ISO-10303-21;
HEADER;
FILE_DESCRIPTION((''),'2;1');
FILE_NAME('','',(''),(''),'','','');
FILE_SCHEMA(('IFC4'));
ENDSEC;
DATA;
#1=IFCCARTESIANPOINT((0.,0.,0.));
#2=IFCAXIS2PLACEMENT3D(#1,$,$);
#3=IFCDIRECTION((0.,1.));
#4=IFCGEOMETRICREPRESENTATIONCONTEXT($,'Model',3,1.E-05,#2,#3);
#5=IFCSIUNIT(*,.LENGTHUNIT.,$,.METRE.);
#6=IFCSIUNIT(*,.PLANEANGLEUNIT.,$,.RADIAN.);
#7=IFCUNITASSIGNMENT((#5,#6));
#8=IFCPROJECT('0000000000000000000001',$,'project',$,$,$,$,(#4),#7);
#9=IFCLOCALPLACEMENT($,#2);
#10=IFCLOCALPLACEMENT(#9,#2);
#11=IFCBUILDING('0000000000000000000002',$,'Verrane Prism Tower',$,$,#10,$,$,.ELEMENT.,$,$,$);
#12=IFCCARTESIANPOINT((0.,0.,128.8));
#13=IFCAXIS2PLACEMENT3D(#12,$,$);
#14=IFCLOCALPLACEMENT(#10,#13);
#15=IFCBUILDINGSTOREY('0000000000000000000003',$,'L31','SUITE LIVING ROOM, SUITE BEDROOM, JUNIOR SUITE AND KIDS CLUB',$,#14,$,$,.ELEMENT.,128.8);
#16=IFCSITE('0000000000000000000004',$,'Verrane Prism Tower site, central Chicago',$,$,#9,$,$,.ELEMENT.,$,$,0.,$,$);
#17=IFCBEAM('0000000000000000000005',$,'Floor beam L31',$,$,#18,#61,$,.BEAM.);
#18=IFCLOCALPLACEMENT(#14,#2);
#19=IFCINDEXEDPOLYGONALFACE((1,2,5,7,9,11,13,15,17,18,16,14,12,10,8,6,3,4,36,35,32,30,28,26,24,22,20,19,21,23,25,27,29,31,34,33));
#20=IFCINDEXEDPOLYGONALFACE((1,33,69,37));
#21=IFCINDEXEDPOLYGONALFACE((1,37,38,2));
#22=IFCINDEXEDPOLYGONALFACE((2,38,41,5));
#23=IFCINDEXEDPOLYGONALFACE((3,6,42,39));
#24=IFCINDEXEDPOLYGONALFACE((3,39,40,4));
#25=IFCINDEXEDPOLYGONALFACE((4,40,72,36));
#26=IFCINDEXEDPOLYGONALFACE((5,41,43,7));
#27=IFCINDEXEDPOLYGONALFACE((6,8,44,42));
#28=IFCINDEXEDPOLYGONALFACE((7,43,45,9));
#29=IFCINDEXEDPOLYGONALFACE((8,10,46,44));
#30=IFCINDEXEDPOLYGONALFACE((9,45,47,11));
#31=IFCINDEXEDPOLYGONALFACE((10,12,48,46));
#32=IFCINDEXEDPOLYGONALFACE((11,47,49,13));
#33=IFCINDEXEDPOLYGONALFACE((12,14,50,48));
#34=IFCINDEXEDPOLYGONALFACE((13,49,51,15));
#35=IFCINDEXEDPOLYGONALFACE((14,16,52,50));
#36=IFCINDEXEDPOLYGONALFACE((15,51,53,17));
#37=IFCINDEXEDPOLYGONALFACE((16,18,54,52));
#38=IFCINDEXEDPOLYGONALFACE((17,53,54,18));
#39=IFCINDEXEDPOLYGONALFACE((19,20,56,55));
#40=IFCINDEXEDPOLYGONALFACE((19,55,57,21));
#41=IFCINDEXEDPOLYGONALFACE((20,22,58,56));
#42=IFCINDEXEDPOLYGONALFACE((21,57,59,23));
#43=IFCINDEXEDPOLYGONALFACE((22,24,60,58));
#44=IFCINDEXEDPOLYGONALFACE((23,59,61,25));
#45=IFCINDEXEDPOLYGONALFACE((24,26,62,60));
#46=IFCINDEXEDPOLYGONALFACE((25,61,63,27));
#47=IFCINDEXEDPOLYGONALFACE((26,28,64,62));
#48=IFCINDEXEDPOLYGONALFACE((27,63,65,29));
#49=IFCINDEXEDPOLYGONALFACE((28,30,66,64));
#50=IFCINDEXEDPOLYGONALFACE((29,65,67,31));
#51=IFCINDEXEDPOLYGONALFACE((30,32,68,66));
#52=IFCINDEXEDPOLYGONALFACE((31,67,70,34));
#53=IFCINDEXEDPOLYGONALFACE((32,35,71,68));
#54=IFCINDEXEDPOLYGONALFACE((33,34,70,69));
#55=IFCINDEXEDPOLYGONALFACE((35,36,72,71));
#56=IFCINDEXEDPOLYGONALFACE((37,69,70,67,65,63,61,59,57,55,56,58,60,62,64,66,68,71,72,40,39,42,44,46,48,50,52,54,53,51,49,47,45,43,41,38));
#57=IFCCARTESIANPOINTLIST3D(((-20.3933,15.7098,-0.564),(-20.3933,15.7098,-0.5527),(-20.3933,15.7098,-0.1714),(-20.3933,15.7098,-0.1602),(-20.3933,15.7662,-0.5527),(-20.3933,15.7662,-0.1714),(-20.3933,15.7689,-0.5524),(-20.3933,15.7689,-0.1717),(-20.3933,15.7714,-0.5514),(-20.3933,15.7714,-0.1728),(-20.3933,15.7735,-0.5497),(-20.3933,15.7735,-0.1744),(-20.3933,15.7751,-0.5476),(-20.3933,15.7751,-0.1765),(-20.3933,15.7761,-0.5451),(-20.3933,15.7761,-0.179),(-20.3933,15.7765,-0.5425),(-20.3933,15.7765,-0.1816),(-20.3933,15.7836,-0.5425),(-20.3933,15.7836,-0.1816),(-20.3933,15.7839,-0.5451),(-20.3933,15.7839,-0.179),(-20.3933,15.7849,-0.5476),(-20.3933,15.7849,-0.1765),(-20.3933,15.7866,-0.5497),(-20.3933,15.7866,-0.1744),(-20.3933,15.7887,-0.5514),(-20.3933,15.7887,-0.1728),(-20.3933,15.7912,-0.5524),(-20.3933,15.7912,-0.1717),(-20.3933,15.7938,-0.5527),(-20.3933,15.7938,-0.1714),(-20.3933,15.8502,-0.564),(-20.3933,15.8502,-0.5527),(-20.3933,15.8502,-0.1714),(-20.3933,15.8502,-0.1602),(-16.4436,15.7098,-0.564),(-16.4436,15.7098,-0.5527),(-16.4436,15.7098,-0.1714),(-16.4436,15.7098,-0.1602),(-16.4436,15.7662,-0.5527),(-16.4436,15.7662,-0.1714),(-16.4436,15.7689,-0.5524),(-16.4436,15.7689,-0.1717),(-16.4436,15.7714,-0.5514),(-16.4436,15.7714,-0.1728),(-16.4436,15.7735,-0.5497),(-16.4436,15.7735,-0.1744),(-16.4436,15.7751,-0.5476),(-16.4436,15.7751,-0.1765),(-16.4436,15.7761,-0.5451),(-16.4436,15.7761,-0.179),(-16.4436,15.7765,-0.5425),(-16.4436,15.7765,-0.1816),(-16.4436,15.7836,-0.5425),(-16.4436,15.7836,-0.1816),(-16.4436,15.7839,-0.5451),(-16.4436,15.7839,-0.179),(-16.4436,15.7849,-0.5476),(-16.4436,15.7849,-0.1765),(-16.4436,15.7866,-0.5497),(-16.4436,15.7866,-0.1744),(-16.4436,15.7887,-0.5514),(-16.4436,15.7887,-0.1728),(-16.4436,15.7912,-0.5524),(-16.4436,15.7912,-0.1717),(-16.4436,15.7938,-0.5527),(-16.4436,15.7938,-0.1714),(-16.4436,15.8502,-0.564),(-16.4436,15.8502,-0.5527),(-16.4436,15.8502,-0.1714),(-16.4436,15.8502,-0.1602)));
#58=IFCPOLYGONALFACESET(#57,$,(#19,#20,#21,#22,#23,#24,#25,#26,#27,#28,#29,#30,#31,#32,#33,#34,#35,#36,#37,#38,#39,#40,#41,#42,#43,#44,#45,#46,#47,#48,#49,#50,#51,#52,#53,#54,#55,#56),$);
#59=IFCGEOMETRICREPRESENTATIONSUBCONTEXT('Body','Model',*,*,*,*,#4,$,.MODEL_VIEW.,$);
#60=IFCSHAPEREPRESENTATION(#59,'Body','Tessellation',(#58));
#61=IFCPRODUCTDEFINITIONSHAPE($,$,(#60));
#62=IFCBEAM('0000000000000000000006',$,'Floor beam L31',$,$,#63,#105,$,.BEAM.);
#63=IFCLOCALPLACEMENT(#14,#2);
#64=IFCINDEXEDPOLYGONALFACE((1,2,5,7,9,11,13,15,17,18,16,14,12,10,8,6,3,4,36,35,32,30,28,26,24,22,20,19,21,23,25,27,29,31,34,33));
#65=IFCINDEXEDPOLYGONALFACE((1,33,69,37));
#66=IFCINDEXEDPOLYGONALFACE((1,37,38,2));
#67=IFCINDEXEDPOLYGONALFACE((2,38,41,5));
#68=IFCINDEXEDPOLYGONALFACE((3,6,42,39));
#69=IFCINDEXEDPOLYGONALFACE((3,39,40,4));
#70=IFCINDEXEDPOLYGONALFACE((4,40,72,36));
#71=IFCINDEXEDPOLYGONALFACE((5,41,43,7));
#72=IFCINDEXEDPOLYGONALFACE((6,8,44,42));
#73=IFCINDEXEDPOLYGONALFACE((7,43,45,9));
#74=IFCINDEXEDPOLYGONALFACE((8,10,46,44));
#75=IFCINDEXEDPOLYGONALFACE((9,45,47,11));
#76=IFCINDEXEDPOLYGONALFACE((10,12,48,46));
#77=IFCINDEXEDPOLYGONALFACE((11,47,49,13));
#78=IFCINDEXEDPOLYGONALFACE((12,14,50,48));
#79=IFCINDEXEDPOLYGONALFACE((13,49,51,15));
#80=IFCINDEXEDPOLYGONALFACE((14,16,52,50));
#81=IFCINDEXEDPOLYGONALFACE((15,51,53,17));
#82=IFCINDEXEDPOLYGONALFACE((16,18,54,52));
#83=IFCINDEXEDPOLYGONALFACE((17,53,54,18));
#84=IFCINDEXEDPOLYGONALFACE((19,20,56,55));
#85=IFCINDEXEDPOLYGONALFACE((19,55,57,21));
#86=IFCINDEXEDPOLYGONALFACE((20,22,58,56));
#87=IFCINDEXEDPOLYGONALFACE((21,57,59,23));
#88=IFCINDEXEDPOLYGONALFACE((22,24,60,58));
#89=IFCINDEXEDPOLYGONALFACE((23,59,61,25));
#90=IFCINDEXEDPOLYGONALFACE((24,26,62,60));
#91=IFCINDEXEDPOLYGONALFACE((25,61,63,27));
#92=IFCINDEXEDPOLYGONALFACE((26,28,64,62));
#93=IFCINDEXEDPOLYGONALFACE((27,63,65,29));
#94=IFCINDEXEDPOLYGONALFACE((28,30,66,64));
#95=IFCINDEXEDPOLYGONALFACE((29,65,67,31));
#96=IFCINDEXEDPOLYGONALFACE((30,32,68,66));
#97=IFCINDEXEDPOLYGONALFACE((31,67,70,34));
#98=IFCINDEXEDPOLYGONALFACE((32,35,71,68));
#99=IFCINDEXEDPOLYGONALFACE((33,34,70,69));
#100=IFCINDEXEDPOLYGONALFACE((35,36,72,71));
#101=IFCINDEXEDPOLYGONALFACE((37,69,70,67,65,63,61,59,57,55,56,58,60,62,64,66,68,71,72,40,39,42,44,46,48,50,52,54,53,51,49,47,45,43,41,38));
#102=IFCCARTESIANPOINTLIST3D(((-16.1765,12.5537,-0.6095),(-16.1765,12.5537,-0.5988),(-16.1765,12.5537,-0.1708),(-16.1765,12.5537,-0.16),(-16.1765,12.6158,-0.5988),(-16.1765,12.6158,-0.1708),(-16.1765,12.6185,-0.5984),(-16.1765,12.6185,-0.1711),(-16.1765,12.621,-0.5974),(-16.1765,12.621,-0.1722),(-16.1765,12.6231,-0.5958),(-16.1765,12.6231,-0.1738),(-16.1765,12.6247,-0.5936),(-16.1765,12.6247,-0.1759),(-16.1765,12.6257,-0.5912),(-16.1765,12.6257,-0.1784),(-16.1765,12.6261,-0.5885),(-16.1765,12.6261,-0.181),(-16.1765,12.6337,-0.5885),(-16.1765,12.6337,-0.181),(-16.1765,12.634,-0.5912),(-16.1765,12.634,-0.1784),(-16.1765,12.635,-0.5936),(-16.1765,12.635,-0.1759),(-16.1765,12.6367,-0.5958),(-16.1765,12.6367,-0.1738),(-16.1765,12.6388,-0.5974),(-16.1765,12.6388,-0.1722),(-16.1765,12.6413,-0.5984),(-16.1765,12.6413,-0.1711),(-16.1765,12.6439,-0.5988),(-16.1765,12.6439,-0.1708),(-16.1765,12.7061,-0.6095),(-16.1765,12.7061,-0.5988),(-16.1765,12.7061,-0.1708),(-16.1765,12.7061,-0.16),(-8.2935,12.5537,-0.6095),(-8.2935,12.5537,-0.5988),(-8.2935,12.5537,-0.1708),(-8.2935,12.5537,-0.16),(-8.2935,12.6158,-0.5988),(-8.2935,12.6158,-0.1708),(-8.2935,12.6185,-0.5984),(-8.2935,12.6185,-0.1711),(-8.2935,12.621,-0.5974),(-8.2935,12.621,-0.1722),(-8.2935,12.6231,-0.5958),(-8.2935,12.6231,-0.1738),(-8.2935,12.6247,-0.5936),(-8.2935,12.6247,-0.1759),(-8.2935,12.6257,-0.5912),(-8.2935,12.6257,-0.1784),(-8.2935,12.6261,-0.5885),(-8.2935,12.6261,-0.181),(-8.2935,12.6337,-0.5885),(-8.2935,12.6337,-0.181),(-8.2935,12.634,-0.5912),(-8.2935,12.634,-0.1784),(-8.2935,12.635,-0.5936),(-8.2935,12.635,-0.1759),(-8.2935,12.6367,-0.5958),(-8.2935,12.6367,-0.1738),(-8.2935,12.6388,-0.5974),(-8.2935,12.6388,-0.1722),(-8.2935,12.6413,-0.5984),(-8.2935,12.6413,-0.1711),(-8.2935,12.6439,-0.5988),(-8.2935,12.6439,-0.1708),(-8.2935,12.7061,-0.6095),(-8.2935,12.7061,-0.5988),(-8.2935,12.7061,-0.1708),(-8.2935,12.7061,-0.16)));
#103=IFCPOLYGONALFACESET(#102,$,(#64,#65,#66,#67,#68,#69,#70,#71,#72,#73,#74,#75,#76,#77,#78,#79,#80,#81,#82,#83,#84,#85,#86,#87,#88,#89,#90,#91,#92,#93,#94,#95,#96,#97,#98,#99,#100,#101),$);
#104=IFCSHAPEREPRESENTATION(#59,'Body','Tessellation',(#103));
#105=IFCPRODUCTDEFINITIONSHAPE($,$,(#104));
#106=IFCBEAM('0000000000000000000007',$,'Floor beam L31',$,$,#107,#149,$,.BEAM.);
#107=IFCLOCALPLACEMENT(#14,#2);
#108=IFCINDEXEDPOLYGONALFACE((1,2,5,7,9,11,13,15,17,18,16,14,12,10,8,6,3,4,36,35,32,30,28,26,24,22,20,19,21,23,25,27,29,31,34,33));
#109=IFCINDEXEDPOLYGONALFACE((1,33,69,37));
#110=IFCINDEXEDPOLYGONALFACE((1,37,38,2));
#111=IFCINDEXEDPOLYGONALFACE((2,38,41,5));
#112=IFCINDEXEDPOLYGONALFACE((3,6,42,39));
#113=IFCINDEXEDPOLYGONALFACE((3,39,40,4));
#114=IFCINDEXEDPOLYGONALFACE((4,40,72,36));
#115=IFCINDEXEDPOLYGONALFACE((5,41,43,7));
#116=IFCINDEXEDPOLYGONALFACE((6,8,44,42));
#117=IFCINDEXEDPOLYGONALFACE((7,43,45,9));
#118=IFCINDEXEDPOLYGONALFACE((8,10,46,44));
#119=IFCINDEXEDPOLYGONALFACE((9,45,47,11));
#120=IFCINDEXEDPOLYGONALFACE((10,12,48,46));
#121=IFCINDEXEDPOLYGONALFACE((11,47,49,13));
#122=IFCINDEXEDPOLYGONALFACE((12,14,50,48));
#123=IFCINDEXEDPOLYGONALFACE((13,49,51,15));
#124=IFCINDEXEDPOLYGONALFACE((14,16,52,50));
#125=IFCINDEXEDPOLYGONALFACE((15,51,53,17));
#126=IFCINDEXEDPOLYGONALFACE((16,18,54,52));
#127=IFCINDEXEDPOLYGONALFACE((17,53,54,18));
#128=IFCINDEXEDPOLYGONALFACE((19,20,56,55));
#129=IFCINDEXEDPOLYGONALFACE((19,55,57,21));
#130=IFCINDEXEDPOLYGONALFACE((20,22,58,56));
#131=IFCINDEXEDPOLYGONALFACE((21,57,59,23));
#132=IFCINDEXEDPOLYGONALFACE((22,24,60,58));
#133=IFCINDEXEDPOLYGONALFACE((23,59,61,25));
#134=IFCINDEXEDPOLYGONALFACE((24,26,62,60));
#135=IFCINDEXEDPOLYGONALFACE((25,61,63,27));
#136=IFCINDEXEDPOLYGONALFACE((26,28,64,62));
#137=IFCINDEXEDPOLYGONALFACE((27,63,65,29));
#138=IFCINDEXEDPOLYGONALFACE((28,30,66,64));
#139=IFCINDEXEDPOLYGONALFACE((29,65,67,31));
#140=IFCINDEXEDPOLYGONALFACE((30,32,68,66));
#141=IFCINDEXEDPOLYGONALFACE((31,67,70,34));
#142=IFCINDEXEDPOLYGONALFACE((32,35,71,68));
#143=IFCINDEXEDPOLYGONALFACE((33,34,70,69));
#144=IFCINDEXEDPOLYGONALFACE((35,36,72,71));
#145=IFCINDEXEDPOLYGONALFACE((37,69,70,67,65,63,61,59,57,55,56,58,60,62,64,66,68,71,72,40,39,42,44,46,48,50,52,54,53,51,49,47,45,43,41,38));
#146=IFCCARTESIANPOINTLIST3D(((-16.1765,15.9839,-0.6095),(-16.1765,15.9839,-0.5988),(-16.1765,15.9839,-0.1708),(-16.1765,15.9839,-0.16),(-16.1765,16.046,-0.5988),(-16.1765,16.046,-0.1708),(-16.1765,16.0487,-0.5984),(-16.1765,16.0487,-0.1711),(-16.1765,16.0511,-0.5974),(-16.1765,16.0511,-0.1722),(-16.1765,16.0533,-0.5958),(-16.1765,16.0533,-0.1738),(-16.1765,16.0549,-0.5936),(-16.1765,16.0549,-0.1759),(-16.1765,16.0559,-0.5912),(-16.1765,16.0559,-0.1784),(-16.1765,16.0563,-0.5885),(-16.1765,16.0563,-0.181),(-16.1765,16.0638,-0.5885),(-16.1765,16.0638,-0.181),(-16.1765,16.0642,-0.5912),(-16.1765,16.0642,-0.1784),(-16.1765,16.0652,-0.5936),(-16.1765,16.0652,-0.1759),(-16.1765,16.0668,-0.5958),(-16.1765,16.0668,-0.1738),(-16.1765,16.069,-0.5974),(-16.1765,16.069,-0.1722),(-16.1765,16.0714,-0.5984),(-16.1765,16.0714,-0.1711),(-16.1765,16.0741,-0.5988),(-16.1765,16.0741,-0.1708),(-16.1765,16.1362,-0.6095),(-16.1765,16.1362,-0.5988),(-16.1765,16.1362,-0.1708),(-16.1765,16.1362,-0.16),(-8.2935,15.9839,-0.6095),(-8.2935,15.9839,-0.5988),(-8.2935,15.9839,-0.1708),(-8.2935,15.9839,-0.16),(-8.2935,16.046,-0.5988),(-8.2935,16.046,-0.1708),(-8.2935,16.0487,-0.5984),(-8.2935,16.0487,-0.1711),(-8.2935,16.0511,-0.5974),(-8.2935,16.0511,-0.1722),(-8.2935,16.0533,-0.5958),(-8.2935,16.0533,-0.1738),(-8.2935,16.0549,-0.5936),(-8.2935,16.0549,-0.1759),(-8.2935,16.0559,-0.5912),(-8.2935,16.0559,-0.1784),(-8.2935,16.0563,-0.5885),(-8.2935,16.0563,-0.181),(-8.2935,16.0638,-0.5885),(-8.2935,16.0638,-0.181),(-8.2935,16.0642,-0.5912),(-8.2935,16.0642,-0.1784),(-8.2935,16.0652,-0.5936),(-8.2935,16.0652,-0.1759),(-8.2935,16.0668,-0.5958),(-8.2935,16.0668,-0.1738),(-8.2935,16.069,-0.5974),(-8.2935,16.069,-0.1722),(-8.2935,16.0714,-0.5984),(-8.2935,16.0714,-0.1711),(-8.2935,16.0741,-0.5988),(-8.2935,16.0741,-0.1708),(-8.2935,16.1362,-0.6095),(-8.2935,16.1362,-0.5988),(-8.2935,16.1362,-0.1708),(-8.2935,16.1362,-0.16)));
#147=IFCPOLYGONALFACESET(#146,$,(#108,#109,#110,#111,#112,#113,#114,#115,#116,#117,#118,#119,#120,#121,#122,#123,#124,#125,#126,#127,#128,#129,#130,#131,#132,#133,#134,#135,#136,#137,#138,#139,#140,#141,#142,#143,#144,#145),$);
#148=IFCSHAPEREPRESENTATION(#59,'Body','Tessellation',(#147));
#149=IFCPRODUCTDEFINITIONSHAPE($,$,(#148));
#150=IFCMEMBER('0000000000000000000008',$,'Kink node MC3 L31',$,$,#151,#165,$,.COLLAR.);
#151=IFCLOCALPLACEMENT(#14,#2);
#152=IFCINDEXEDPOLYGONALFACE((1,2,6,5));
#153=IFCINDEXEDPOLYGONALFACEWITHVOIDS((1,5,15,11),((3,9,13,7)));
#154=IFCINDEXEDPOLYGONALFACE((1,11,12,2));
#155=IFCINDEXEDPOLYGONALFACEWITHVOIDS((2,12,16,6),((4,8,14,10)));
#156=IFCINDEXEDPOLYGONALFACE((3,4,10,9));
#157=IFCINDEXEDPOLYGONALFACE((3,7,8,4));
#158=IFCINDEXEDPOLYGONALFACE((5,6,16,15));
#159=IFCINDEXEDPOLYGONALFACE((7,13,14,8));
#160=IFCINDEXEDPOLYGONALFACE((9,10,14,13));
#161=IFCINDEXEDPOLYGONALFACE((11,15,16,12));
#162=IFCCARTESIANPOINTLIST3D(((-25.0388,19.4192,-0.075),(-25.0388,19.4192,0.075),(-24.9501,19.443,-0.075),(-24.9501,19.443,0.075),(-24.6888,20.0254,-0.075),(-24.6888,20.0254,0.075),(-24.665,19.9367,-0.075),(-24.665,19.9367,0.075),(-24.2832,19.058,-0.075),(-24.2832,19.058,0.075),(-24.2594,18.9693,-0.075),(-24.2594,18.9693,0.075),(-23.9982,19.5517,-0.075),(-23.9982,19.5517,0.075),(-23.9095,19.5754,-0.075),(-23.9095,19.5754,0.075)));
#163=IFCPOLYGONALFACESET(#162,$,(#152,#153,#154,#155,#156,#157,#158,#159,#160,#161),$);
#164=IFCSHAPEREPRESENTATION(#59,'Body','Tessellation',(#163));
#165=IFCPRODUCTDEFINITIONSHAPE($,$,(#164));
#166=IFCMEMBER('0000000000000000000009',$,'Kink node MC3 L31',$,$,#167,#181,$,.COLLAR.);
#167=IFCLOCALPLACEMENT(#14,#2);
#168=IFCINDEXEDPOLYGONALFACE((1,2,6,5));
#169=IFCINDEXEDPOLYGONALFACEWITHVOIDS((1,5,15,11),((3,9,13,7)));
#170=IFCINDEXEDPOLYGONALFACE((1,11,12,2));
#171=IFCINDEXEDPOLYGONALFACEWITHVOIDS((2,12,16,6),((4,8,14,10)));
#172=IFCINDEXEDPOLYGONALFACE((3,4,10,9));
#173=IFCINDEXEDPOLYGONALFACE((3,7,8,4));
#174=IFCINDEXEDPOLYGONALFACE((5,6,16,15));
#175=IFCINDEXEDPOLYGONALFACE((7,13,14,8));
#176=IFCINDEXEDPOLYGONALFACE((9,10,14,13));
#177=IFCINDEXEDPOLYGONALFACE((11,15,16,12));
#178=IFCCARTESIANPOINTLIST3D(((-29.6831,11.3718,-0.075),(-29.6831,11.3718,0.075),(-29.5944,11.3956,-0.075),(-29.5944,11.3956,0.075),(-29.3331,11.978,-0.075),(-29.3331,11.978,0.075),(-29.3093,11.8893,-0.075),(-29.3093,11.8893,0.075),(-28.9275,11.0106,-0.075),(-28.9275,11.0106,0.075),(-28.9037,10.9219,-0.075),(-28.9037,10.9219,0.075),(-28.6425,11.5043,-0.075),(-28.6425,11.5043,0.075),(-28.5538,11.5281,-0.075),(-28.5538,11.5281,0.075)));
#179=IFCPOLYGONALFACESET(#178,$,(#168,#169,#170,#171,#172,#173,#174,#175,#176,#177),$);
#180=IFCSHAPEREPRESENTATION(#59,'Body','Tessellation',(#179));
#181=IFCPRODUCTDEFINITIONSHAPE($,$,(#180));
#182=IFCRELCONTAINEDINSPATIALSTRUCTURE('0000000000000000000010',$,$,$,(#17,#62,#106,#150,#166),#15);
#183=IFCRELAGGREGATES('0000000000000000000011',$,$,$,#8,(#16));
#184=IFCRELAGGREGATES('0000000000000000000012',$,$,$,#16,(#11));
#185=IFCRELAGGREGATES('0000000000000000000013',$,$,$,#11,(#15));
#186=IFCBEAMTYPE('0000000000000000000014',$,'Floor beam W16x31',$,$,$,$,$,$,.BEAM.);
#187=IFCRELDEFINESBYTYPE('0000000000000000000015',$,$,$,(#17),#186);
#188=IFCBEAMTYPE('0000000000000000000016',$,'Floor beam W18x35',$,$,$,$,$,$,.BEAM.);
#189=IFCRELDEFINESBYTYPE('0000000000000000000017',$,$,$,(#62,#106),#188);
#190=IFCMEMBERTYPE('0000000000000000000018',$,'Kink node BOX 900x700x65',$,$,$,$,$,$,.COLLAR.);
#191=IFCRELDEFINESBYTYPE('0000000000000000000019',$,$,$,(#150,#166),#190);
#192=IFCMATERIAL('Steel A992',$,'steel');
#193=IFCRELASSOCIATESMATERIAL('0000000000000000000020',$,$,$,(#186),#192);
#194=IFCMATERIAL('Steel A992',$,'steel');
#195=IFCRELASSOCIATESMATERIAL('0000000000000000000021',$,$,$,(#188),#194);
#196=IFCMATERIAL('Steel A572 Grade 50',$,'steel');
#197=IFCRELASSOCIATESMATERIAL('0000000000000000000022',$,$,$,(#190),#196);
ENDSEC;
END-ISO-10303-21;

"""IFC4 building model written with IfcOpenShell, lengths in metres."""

from ifc_helpers import new_model, si_unit, direction, frame, origin, origin_2d, place, context, subcontext, project, spatial, hollow_rectangle, i_section, extrude, material, material_profile, profile_set, type_object, element, save


model = new_model("IFC4")

# Units and contexts
model_context = context("Model", 3, precision=1e-05, world=origin(), true_north=direction((0.0, 1.0)))
body_context = subcontext(model_context, "Body", "Model", "MODEL_VIEW")
ifc_project = project(units=[si_unit("LENGTHUNIT", "METRE"), si_unit("PLANEANGLEUNIT", "RADIAN")], contexts=[model_context])

# Site, building, storey
site_placement = place(None, origin())
site = spatial("IfcSite", under=ifc_project, at=site_placement, Name="Verrane Prism Tower site, central Chicago", CompositionType="ELEMENT", RefElevation=0.0)
building_placement = place(site_placement, origin())
building = spatial("IfcBuilding", under=site, at=building_placement, Name="Verrane Prism Tower", CompositionType="ELEMENT")
storey_placement = place(building_placement, frame((0.0, 0.0, 128.8)))
storey = spatial("IfcBuildingStorey", under=building, at=storey_placement, Name="L31", Description="SUITE LIVING ROOM, SUITE BEDROOM, JUNIOR SUITE AND KIDS CLUB", CompositionType="ELEMENT", Elevation=128.8)

# Beams
ifc_material_1 = material(Name="Steel A992", Category="steel")
ifc_material_profile_1 = material_profile(ifc_material_1, i_section(OverallWidth=0.1404, OverallDepth=0.4038, WebThickness=0.0071, FlangeThickness=0.0112, FilletRadius=0.0103, at=origin_2d()), Name="W16x31")
ifc_profile_set_1 = profile_set([ifc_material_profile_1], Name="Steel A992")
beam_type_1 = type_object("IfcBeamType", Name="Floor beam W16x31", PredefinedType="BEAM", material=ifc_profile_set_1)
beam_1_placement = place(storey_placement, frame((-20.3933, 15.78, -0.3621), z_axis=(1.0, 0.0, 0.0), x_axis=(0.0, 1.0, 0.0)))
element("IfcBeam", 1, at=beam_1_placement, inside=storey, type_object=beam_type_1, Name="Floor beam L31", PredefinedType="BEAM", context=body_context, shape_type="SweptSolid", body=[
    extrude(i_section(OverallWidth=0.1404, OverallDepth=0.4038, WebThickness=0.0071, FlangeThickness=0.0112, FilletRadius=0.0103, at=origin_2d()), origin(), (0.0, 0.0, 1.0), 3.9497),
])
ifc_material_2 = material(Name="Steel A992", Category="steel")
ifc_material_profile_2 = material_profile(ifc_material_2, i_section(OverallWidth=0.1523, OverallDepth=0.4495, WebThickness=0.0076, FlangeThickness=0.0107, FilletRadius=0.0103, at=origin_2d()), Name="W18x35")
ifc_profile_set_2 = profile_set([ifc_material_profile_2], Name="Steel A992")
beam_type_2 = type_object("IfcBeamType", Name="Floor beam W18x35", PredefinedType="BEAM", material=ifc_profile_set_2)
for number, where, z_axis, x_axis, name in (
    (2, (-16.1765, 12.6299, -0.3848), (1.0, 0.0, 0.0), (0.0, 1.0, 0.0), "Floor beam L31"),
    (3, (-16.1765, 16.0601, -0.3848), (1.0, 0.0, 0.0), (0.0, 1.0, 0.0), "Floor beam L31"),
):
    element("IfcBeam", number, at=place(storey_placement, frame(where, z_axis=z_axis, x_axis=x_axis)), inside=storey, type_object=beam_type_2, Name=name, PredefinedType="BEAM", context=body_context, shape_type="SweptSolid", body=[
        extrude(i_section(OverallWidth=0.1523, OverallDepth=0.4495, WebThickness=0.0076, FlangeThickness=0.0107, FilletRadius=0.0103, at=origin_2d()), origin(), (0.0, 0.0, 1.0), 7.8831),
    ])

# Members
ifc_material_3 = material(Name="Steel A572 Grade 50", Category="steel")
ifc_material_profile_3 = material_profile(ifc_material_3, hollow_rectangle(XDim=0.7, YDim=0.8999, WallThickness=0.0649, at=origin_2d()), Name="BOX 900x700x65")
ifc_profile_set_3 = profile_set([ifc_material_profile_3], Name="Steel A572 Grade 50")
member_type_1 = type_object("IfcMemberType", Name="Kink node BOX 900x700x65", PredefinedType="COLLAR", material=ifc_profile_set_3)
for number, where, z_axis, x_axis, name in (
    (4, (-24.4741, 19.4973, -0.075), (0.0, 0.0, 1.0), (0.5, 0.866025, 0.0), "Kink node MC3 L31"),
    (5, (-29.1184, 11.45, -0.075), (0.0, 0.0, 1.0), (0.5, 0.866025, 0.0), "Kink node MC3 L31"),
):
    element("IfcMember", number, at=place(storey_placement, frame(where, z_axis=z_axis, x_axis=x_axis)), inside=storey, type_object=member_type_1, Name=name, PredefinedType="COLLAR", context=body_context, shape_type="SweptSolid", body=[
        extrude(hollow_rectangle(XDim=0.7, YDim=0.8999, WallThickness=0.0649, at=origin_2d()), origin(), (0.0, 0.0, 1.0), 0.1499),
    ])

save(model, "model.ifc")
